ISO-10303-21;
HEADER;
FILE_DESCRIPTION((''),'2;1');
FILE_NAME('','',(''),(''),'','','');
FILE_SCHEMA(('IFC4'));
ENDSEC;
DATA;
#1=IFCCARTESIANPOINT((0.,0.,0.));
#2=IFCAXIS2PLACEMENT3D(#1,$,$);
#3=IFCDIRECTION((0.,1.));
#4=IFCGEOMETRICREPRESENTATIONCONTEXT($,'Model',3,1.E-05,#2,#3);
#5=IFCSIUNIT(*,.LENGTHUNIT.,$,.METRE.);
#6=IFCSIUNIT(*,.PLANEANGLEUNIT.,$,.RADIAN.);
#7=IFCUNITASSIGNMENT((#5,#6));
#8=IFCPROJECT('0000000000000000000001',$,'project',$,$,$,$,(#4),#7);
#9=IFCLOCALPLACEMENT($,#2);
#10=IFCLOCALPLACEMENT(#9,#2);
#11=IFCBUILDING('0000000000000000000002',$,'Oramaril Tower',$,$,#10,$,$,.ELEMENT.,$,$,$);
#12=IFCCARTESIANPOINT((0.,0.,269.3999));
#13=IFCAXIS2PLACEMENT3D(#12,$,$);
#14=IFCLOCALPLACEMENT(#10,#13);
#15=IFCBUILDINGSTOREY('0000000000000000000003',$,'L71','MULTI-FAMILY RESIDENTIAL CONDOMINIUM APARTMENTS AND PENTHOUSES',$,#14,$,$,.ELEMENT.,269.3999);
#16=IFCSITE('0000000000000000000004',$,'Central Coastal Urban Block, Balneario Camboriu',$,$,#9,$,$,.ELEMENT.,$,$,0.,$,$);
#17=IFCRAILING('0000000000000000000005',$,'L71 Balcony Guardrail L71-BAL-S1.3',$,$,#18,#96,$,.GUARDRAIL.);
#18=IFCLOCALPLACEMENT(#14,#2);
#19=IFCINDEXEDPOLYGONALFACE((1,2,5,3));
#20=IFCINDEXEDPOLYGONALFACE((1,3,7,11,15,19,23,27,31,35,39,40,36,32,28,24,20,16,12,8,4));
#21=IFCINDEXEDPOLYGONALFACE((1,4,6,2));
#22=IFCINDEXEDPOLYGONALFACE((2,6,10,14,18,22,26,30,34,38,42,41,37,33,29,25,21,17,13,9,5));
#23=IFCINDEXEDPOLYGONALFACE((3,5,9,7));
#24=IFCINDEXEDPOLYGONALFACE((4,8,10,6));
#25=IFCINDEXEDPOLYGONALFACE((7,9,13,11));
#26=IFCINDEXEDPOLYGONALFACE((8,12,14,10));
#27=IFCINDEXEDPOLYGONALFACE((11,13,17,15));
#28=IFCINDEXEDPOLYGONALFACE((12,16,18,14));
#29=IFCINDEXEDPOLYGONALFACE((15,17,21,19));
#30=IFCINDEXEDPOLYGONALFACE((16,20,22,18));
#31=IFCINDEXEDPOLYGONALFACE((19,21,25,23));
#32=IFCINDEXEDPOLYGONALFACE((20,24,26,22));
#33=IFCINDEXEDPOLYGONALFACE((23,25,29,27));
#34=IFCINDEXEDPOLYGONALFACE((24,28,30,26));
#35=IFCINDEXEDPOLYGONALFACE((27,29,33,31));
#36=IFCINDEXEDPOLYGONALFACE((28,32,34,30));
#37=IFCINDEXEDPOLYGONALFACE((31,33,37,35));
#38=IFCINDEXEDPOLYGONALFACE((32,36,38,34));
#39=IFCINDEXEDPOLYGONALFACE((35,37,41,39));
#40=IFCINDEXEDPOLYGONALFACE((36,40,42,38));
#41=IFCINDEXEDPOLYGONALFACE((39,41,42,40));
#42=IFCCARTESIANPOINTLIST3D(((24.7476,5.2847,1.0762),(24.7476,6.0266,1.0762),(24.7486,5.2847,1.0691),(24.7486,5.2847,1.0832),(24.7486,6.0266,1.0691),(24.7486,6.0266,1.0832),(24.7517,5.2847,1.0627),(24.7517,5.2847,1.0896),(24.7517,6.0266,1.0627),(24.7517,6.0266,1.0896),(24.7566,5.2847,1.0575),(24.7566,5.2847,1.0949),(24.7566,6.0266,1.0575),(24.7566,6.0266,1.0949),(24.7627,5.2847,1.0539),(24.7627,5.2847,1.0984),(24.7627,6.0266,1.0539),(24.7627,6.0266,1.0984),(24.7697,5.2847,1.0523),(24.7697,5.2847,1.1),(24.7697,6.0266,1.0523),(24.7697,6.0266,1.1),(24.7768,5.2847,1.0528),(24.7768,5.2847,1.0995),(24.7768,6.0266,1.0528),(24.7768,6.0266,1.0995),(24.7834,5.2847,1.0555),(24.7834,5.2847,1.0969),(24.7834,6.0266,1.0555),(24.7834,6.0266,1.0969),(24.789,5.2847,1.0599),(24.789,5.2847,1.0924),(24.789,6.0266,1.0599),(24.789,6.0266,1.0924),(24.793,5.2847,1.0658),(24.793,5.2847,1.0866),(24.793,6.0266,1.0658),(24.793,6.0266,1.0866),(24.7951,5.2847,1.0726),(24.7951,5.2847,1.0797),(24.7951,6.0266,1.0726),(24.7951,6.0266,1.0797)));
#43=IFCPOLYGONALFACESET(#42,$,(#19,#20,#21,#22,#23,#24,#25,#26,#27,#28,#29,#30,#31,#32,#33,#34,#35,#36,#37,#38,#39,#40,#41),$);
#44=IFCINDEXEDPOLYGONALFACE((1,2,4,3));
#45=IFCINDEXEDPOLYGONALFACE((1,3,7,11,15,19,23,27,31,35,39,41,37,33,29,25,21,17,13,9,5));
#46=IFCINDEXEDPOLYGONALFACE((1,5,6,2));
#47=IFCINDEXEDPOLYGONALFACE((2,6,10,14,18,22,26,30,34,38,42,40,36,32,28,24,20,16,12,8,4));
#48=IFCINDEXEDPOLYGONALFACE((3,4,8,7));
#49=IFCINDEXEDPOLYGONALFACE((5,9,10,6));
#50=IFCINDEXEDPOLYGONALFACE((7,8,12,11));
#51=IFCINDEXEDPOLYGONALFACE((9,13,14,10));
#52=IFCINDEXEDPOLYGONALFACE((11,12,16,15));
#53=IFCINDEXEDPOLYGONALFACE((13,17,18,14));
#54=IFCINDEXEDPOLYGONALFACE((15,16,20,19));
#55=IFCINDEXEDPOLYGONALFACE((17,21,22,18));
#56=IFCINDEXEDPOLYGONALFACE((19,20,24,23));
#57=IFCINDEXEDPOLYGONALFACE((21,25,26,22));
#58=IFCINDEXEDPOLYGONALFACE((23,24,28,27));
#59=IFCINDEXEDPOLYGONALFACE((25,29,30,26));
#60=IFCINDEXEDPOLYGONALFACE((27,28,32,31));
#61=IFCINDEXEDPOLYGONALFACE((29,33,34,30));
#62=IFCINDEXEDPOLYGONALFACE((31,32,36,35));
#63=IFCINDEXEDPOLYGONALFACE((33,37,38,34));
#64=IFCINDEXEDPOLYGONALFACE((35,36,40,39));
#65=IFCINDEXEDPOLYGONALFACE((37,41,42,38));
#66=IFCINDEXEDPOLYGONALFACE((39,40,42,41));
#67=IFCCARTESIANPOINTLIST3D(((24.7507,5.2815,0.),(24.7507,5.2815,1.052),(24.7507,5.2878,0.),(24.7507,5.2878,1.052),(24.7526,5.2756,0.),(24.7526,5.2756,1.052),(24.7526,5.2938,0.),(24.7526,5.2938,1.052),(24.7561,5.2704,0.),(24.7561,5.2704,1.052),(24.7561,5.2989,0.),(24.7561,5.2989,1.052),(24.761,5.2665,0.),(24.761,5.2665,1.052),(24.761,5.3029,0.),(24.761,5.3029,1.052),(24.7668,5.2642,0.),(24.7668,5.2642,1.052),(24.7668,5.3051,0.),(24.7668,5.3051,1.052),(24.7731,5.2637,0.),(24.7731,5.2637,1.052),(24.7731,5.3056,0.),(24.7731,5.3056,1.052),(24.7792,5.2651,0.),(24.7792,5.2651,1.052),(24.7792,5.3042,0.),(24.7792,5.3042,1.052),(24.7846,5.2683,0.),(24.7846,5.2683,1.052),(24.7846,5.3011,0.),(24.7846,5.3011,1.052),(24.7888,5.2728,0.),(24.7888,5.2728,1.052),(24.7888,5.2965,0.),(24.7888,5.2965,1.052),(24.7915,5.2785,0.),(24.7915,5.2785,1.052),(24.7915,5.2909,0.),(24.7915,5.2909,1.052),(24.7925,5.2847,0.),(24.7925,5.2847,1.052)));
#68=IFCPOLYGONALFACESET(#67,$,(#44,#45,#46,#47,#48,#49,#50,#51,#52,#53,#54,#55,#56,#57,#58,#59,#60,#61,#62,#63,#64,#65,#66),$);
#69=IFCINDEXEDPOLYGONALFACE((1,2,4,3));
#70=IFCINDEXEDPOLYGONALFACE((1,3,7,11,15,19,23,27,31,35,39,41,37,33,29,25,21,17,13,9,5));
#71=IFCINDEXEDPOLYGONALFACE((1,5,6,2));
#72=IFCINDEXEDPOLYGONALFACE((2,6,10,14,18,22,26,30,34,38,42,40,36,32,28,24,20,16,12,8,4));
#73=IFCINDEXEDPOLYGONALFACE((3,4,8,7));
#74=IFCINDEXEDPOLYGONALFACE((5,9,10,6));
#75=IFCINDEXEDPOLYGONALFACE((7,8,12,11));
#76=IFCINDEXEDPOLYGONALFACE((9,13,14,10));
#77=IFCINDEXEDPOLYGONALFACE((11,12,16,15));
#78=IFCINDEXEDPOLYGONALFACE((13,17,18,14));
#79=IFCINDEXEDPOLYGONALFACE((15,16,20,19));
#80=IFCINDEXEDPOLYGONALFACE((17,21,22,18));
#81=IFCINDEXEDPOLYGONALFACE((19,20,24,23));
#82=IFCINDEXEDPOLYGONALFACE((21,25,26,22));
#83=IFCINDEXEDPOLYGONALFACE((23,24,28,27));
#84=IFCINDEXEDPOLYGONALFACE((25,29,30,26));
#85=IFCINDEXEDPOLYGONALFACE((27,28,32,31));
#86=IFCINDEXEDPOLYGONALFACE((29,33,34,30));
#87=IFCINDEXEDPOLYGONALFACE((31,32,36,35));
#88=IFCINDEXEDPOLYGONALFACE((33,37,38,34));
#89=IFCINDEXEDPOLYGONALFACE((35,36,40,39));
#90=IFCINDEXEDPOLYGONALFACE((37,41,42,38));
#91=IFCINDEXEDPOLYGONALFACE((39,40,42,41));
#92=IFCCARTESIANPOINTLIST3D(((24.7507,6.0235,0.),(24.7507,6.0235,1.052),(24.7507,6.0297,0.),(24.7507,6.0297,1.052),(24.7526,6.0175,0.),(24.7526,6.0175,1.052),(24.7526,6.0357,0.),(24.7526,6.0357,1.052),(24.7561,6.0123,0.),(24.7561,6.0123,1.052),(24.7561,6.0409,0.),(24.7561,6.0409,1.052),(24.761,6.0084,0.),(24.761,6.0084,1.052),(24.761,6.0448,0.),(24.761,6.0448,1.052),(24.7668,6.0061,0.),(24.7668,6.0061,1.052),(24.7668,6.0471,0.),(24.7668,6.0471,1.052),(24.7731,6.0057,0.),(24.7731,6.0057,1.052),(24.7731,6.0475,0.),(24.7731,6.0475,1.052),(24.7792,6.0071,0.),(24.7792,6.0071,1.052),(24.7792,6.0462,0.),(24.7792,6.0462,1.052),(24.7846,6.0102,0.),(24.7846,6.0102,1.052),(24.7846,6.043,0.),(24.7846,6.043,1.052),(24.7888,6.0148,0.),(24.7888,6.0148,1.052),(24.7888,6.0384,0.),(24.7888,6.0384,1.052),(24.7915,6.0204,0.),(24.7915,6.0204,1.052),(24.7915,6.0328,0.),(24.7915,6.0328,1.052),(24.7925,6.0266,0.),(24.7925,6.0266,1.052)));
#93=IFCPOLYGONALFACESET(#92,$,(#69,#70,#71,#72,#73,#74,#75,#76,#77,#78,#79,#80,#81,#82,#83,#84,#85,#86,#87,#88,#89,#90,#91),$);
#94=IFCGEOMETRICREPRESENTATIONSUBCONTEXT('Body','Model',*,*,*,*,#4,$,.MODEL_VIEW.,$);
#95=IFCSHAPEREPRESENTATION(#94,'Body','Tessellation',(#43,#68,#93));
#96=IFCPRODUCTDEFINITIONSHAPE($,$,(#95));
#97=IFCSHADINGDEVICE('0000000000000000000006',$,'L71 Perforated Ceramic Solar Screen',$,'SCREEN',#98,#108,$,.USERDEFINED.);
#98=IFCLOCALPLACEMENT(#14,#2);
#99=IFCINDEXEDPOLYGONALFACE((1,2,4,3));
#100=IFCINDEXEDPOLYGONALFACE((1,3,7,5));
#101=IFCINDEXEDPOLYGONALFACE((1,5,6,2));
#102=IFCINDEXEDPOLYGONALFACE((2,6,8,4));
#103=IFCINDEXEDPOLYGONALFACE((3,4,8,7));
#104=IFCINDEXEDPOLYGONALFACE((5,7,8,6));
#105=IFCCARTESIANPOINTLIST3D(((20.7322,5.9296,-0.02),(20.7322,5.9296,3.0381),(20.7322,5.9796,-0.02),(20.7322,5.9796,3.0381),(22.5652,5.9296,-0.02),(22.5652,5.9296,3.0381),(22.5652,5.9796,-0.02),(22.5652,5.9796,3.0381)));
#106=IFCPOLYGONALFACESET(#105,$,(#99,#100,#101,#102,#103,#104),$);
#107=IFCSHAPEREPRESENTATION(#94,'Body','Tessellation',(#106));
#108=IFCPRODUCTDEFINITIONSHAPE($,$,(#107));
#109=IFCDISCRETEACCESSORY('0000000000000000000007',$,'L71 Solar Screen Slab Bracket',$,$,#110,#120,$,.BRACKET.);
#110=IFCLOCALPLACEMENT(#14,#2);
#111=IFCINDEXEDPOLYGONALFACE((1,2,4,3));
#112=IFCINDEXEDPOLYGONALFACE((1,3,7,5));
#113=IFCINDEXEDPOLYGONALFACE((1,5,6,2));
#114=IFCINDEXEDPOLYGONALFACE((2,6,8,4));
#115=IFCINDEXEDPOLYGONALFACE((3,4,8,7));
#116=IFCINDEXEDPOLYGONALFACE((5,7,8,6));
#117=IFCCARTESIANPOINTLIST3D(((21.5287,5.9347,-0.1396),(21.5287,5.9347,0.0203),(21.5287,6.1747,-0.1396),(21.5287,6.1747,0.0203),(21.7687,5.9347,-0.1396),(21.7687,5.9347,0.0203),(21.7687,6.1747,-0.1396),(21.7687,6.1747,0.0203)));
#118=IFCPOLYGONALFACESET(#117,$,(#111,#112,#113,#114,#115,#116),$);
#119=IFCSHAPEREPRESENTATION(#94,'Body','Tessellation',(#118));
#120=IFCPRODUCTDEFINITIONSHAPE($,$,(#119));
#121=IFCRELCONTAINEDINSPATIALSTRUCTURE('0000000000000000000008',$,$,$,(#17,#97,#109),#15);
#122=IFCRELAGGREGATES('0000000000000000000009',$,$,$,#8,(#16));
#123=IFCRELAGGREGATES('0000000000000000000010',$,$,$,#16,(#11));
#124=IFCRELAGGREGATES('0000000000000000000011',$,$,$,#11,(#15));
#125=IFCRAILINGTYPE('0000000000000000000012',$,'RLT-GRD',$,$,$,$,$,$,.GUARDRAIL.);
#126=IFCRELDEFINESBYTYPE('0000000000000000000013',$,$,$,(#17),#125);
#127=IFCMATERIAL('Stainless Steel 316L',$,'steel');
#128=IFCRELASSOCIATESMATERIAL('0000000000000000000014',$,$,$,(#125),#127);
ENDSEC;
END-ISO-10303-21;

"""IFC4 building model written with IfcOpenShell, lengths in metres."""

from ifc_helpers import new_model, si_unit, direction, frame, origin, origin_2d, place, context, subcontext, project, spatial, rectangle, circle, extrude, material, type_object, element, save


model = new_model("IFC4")

# Units and contexts
model_context = context("Model", 3, precision=1e-05, world=origin(), true_north=direction((0.0, 1.0)))
body_context = subcontext(model_context, "Body", "Model", "MODEL_VIEW")
ifc_project = project(units=[si_unit("LENGTHUNIT", "METRE"), si_unit("PLANEANGLEUNIT", "RADIAN")], contexts=[model_context])

# Site, building, storey
site_placement = place(None, origin())
site = spatial("IfcSite", under=ifc_project, at=site_placement, Name="Central Coastal Urban Block, Balneario Camboriu", CompositionType="ELEMENT", RefElevation=0.0)
building_placement = place(site_placement, origin())
building = spatial("IfcBuilding", under=site, at=building_placement, Name="Oramaril Tower", CompositionType="ELEMENT")
storey_placement = place(building_placement, frame((0.0, 0.0, 269.3999)))
storey = spatial("IfcBuildingStorey", under=building, at=storey_placement, Name="L71", Description="MULTI-FAMILY RESIDENTIAL CONDOMINIUM APARTMENTS AND PENTHOUSES", CompositionType="ELEMENT", Elevation=269.3999)

# Railing
ifc_material_1 = material(Name="Stainless Steel 316L", Category="steel")
railing_type = type_object("IfcRailingType", Name="RLT-GRD", PredefinedType="GUARDRAIL", material=ifc_material_1)
railing_placement = place(storey_placement, frame((24.7715, 5.2847, 0.0)))
element("IfcRailing", 1, at=railing_placement, inside=storey, type_object=railing_type, Name="L71 Balcony Guardrail L71-BAL-S1.3", PredefinedType="GUARDRAIL", context=body_context, shape_type="SweptSolid", body=[
    extrude(circle(Radius=0.0239, at=origin_2d()), frame((0.0, 0.0, 1.0762), z_axis=(0.0, 1.0, 0.0), x_axis=(-1.0, 0.0, 0.0)), (0.0, 0.0, 1.0), 0.7419),
    extrude(circle(Radius=0.021, at=origin_2d()), origin(), (0.0, 0.0, 1.0), 1.052),
    extrude(circle(Radius=0.021, at=origin_2d()), frame((0.0, 0.7419, 0.0)), (0.0, 0.0, 1.0), 1.052),
])

# Shading device
shading_device_placement = place(storey_placement, frame((21.6487, 5.9546, -0.02), z_axis=(0.0, 0.0, 1.0), x_axis=(1.0, 0.0, 0.0)))
element("IfcShadingDevice", 2, at=shading_device_placement, inside=storey, Name="L71 Perforated Ceramic Solar Screen", ObjectType="SCREEN", PredefinedType="USERDEFINED", context=body_context, shape_type="SweptSolid", body=[
    extrude(rectangle(XDim=1.833, YDim=0.05, at=origin_2d()), origin(), (0.0, 0.0, 1.0), 3.0581),
])

# Discrete accessory
discrete_accessory_placement = place(storey_placement, frame((21.6487, 6.0547, -0.1396), z_axis=(0.0, 0.0, 1.0), x_axis=(1.0, 0.0, 0.0)))
element("IfcDiscreteAccessory", 3, at=discrete_accessory_placement, inside=storey, Name="L71 Solar Screen Slab Bracket", PredefinedType="BRACKET", context=body_context, shape_type="SweptSolid", body=[
    extrude(rectangle(XDim=0.24, YDim=0.24, at=origin_2d()), origin(), (0.0, 0.0, 1.0), 0.1599),
])

save(model, "model.ifc")
